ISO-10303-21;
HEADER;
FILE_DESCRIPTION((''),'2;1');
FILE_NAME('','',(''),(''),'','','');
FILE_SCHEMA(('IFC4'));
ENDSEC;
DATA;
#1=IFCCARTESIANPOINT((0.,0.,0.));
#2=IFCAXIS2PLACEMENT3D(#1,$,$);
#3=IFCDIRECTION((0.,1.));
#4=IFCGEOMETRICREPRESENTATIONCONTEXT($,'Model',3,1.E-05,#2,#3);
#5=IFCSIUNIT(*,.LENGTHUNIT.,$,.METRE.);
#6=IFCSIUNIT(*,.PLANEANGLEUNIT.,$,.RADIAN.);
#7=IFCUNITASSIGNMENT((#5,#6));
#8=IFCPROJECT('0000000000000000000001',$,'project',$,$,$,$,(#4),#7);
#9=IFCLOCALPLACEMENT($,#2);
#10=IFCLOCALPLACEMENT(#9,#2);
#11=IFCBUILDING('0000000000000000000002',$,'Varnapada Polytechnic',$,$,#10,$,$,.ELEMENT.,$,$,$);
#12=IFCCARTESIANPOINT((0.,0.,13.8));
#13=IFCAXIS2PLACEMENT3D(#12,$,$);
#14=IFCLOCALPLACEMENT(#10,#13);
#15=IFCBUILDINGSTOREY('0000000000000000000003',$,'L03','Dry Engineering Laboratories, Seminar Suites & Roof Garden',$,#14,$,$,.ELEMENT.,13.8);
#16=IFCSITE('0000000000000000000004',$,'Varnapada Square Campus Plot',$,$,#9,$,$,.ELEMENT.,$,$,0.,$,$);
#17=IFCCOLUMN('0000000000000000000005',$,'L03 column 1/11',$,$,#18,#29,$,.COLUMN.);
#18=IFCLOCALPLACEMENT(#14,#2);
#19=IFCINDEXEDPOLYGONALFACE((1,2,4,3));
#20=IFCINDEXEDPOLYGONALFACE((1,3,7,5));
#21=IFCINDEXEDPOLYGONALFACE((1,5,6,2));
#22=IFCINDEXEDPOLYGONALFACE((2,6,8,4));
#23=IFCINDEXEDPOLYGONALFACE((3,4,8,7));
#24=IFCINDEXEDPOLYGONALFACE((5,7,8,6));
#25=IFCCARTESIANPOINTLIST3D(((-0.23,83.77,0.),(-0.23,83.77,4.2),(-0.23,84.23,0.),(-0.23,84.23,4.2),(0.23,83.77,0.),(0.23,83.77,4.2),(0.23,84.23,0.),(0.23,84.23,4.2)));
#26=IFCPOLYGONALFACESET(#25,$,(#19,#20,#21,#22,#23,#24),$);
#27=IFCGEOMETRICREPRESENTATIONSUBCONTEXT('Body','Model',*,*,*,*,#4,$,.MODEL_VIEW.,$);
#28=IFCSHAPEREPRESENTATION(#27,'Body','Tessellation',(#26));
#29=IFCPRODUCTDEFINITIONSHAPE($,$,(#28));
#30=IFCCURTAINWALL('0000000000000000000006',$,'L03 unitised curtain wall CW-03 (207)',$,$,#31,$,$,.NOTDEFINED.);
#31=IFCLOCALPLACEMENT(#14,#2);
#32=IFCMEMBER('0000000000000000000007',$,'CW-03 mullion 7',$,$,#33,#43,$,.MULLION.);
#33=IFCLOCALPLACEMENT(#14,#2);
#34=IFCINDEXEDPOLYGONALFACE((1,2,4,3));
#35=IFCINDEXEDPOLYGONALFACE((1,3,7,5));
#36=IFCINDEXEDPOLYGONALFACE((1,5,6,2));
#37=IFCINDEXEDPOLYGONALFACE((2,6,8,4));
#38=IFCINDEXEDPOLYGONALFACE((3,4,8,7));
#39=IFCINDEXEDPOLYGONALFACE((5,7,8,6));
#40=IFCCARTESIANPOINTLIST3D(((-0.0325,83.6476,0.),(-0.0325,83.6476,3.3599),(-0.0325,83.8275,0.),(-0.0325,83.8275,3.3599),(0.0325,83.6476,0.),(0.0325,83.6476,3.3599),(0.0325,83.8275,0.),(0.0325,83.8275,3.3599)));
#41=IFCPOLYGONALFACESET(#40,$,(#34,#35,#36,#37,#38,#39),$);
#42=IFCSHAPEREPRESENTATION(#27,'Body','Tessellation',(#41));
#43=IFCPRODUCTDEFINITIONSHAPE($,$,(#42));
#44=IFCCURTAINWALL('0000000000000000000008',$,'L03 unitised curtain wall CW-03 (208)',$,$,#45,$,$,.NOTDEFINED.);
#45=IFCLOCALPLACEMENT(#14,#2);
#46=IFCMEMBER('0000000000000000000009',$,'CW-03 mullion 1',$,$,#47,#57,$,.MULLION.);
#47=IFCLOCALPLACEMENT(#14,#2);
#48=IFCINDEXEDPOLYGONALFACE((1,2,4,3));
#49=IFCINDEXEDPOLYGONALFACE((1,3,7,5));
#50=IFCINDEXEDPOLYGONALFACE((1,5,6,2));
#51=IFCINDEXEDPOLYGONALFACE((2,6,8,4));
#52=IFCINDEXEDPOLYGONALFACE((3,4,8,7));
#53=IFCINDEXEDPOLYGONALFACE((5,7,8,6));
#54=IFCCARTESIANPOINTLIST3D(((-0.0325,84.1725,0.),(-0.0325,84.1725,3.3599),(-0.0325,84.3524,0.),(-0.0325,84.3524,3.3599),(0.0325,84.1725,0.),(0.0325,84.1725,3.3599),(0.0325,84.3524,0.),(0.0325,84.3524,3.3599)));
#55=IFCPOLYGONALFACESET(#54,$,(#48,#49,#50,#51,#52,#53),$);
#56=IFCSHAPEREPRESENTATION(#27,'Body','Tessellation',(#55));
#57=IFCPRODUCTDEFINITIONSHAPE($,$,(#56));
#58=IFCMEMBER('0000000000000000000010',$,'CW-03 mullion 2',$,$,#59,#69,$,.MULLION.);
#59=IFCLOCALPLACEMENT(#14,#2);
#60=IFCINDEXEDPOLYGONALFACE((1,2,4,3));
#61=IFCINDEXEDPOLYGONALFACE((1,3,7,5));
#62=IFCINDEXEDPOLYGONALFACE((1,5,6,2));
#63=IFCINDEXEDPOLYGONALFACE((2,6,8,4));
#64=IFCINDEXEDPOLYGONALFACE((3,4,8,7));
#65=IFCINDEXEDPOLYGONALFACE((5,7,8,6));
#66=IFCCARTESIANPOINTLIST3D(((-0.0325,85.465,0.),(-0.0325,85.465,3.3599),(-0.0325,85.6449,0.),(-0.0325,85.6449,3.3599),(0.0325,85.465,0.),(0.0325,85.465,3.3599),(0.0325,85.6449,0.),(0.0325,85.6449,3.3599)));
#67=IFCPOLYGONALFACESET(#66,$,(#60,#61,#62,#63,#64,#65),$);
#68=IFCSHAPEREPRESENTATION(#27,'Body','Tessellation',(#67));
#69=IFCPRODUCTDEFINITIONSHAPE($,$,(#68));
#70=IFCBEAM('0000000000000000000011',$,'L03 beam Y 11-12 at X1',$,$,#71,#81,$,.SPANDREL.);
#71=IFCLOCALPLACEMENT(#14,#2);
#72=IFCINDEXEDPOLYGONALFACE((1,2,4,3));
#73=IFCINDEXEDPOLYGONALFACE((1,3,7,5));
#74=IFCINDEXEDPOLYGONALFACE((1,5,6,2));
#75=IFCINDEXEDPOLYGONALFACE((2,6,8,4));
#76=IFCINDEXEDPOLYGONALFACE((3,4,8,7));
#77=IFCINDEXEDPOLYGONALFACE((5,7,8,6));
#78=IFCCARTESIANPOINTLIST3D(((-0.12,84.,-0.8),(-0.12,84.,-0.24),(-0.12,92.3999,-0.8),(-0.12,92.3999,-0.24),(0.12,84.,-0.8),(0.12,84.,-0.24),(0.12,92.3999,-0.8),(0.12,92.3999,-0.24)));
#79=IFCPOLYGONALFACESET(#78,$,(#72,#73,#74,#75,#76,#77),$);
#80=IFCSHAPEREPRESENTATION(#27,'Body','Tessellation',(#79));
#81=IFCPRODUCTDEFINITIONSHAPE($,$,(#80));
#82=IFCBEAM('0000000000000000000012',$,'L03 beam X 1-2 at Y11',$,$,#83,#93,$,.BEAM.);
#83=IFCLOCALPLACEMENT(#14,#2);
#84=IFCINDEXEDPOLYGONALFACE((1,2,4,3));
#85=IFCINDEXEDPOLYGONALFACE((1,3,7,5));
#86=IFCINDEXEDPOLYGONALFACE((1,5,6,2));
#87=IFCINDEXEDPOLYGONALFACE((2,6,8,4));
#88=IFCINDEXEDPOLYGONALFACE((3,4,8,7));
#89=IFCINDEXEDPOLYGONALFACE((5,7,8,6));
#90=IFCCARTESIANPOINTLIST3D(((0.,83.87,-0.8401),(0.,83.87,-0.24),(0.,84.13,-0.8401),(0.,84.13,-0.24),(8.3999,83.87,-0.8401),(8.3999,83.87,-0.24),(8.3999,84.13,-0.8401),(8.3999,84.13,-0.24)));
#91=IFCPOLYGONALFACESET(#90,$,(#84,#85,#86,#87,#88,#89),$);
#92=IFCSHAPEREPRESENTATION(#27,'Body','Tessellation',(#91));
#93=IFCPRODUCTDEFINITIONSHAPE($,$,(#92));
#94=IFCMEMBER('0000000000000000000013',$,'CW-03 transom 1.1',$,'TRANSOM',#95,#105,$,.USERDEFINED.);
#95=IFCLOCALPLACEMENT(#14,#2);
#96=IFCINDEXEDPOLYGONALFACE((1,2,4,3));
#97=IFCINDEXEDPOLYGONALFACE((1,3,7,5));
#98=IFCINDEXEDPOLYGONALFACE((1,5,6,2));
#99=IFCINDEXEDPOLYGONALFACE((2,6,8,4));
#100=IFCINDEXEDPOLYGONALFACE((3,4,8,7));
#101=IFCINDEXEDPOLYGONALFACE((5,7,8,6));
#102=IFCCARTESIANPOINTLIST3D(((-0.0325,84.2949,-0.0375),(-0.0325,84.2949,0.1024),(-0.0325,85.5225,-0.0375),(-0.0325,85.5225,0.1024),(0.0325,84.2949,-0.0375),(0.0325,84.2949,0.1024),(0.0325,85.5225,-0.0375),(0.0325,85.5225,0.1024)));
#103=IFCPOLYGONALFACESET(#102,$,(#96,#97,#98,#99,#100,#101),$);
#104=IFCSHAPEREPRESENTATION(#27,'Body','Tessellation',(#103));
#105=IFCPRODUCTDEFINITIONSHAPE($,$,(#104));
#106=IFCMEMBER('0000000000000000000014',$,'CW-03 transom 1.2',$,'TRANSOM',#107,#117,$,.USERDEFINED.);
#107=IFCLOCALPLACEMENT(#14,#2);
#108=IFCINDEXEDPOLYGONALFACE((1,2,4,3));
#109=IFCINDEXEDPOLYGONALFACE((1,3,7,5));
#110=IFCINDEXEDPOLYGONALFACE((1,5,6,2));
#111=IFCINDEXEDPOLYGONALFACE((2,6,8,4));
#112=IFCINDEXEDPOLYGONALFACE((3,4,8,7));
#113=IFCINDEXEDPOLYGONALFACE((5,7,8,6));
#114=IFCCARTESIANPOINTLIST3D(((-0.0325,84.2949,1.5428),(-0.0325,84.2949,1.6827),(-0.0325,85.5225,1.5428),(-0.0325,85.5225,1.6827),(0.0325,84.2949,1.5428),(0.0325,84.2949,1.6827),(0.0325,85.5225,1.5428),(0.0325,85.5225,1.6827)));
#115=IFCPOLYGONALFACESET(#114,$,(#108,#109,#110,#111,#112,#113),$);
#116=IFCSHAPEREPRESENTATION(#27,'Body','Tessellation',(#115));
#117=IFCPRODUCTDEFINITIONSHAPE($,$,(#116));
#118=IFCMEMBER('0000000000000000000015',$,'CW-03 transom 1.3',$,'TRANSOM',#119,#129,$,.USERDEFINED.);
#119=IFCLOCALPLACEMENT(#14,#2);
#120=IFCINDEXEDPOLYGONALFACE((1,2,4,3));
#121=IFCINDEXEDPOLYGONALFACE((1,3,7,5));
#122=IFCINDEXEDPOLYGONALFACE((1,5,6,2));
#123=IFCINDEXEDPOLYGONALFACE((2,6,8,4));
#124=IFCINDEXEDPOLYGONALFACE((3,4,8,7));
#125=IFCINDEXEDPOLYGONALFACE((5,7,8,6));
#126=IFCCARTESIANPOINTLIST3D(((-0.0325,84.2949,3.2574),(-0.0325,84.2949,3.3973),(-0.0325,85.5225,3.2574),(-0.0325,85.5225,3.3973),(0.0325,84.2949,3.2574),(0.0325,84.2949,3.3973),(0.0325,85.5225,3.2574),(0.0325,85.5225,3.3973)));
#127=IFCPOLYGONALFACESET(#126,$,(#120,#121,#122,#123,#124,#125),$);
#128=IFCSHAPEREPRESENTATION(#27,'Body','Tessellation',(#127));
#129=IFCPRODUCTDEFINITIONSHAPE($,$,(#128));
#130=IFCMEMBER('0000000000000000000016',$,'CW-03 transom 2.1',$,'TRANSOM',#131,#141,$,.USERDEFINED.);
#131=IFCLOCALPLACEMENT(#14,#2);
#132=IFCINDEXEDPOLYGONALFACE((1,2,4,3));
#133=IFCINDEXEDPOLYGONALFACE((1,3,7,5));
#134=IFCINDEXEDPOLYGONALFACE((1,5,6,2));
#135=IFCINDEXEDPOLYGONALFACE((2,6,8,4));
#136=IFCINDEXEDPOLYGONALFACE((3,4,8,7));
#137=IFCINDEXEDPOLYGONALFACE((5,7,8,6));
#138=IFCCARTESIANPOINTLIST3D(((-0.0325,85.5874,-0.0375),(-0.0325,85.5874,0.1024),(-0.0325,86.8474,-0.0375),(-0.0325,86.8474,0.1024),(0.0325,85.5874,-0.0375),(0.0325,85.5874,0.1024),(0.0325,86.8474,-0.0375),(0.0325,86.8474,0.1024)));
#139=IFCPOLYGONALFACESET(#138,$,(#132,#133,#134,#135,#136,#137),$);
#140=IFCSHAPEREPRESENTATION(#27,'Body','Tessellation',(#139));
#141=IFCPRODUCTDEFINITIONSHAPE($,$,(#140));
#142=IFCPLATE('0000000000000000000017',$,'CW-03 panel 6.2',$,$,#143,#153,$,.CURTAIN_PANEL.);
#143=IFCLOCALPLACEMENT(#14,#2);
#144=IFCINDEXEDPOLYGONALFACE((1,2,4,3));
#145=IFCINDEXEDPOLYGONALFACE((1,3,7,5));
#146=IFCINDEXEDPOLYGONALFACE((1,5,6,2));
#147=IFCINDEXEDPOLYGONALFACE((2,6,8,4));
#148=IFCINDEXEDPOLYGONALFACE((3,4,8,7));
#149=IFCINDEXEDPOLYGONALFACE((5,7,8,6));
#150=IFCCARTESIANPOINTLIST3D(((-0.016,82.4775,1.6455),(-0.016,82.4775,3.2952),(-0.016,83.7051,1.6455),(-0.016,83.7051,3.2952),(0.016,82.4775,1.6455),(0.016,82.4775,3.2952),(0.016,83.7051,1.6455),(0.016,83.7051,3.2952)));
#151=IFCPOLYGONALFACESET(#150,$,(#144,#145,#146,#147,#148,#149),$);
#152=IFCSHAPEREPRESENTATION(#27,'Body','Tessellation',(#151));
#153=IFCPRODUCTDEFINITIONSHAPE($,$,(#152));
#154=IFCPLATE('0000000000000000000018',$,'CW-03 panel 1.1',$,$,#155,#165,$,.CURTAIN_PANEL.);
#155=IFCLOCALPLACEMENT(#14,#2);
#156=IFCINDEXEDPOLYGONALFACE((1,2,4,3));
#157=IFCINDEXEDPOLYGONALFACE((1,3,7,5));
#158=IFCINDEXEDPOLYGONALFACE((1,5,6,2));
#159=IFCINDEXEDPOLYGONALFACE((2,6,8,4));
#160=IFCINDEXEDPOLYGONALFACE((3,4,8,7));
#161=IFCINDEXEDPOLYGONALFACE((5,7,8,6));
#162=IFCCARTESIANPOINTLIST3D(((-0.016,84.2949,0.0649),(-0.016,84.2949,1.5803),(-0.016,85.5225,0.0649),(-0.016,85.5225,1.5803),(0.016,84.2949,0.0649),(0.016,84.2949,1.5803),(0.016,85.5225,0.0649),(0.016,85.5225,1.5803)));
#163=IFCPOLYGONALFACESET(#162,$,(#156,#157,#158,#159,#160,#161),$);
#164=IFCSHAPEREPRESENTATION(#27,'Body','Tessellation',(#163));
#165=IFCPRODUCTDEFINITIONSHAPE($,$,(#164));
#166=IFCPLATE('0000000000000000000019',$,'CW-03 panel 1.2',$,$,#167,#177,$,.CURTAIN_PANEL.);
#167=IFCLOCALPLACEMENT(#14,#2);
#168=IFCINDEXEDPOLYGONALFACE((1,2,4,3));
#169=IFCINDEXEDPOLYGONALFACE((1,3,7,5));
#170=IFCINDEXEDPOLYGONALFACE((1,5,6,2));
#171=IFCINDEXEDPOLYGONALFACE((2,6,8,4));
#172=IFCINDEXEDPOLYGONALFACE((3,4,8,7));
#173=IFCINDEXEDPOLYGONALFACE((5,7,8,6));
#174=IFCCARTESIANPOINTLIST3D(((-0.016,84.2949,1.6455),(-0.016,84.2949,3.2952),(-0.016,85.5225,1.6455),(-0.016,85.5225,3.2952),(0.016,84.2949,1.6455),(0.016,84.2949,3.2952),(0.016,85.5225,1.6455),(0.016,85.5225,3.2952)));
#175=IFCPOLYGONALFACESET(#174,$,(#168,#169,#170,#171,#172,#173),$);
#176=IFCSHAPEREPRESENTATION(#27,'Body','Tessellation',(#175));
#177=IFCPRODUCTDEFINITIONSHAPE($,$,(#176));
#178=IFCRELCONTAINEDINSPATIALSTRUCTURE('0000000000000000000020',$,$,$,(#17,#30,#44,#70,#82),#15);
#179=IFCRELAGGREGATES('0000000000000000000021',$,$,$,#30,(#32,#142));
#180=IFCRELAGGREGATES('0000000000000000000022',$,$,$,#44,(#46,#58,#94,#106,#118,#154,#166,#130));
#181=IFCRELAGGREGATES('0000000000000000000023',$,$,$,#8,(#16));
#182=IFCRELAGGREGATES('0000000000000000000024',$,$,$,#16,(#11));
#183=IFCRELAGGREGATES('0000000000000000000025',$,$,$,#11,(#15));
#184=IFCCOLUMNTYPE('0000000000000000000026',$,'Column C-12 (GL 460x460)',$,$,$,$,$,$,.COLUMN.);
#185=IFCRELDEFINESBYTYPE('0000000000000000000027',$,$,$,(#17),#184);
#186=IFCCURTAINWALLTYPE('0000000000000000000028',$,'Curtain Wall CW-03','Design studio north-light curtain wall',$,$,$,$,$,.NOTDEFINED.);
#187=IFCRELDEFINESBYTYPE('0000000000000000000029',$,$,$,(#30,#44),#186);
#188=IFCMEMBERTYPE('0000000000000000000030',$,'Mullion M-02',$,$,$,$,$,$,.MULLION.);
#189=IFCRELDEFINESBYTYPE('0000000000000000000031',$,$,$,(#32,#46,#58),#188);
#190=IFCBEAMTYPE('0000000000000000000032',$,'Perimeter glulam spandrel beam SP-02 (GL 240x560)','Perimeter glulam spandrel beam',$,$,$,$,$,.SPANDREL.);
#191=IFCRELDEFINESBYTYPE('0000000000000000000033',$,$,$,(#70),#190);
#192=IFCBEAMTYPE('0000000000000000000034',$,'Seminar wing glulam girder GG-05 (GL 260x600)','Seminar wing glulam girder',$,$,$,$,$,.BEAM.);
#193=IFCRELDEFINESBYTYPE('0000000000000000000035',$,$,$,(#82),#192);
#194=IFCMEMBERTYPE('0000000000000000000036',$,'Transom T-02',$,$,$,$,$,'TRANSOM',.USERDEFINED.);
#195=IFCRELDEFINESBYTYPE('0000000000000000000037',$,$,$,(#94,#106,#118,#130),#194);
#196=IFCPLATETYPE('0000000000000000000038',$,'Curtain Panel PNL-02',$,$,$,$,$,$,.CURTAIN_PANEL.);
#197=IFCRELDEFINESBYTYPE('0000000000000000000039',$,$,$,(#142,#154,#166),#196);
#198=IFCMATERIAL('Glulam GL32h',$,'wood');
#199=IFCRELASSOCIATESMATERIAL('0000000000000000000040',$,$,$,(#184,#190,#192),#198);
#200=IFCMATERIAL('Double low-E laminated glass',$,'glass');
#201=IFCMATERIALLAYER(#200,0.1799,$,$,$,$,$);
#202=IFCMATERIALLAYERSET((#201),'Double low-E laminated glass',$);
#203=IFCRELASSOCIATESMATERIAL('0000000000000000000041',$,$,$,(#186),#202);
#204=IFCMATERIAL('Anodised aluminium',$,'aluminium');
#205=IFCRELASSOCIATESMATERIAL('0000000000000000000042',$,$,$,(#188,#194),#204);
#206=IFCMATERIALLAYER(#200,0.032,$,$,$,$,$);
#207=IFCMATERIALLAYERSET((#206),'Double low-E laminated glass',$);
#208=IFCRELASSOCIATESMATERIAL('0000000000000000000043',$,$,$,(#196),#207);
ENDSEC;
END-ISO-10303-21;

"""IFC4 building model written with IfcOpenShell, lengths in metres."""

from ifc_helpers import new_model, si_unit, direction, frame, origin, origin_2d, place, context, subcontext, project, spatial, rectangle, extrude, material, layer, layer_set, material_profile, profile_set, type_object, element, aggregate, save


model = new_model("IFC4")

# Units and contexts
model_context = context("Model", 3, precision=1e-05, world=origin(), true_north=direction((0.0, 1.0)))
body_context = subcontext(model_context, "Body", "Model", "MODEL_VIEW")
ifc_project = project(units=[si_unit("LENGTHUNIT", "METRE"), si_unit("PLANEANGLEUNIT", "RADIAN")], contexts=[model_context])

# Site, building, storey
site_placement = place(None, origin())
site = spatial("IfcSite", under=ifc_project, at=site_placement, Name="Varnapada Square Campus Plot", CompositionType="ELEMENT", RefElevation=0.0)
building_placement = place(site_placement, origin())
building = spatial("IfcBuilding", under=site, at=building_placement, Name="Varnapada Polytechnic", CompositionType="ELEMENT")
storey_placement = place(building_placement, frame((0.0, 0.0, 13.8)))
storey = spatial("IfcBuildingStorey", under=building, at=storey_placement, Name="L03", Description="Dry Engineering Laboratories, Seminar Suites & Roof Garden", CompositionType="ELEMENT", Elevation=13.8)

# Column
ifc_material_1 = material(Name="Glulam GL32h", Category="wood")
ifc_material_profile_1 = material_profile(ifc_material_1, rectangle(XDim=0.46, YDim=0.46, at=origin_2d()), Name="GL 460x460")
ifc_profile_set_1 = profile_set([ifc_material_profile_1], Name="Glulam GL32h")
column_type = type_object("IfcColumnType", Name="Column C-12 (GL 460x460)", PredefinedType="COLUMN", material=ifc_profile_set_1)
column_placement = place(storey_placement, frame((0.0, 84.0, 0.0), z_axis=(0.0, 0.0, 1.0), x_axis=(1.0, 0.0, 0.0)))
element("IfcColumn", 1, at=column_placement, inside=storey, type_object=column_type, Name="L03 column 1/11", PredefinedType="COLUMN", context=body_context, shape_type="SweptSolid", body=[
    extrude(rectangle(XDim=0.46, YDim=0.46, at=origin_2d()), origin(), (0.0, 0.0, 1.0), 4.2),
])

# Curtain wall, member
ifc_material_2 = material(Name="Double low-E laminated glass", Category="glass")
ifc_layer_1 = layer(ifc_material_2, 0.1799)
ifc_layer_set_1 = layer_set([ifc_layer_1], Name="Double low-E laminated glass")
curtain_wall_type = type_object("IfcCurtainWallType", Name="Curtain Wall CW-03", Description="Design studio north-light curtain wall", PredefinedType="NOTDEFINED", material=ifc_layer_set_1)
curtain_wall_1_placement = place(storey_placement, origin())
curtain_wall_1 = element("IfcCurtainWall", 2, at=curtain_wall_1_placement, inside=storey, type_object=curtain_wall_type, Name="L03 unitised curtain wall CW-03 (207)", PredefinedType="NOTDEFINED")
ifc_material_3 = material(Name="Anodised aluminium", Category="aluminium")
ifc_material_profile_2 = material_profile(ifc_material_3, rectangle(XDim=0.0649, YDim=0.1799, at=origin_2d()), Name="ALU M65x180")
ifc_profile_set_2 = profile_set([ifc_material_profile_2], Name="Anodised aluminium")
member_type_1 = type_object("IfcMemberType", Name="Mullion M-02", PredefinedType="MULLION", material=ifc_profile_set_2)
member_1_placement = place(storey_placement, frame((0.0, 83.7375, 0.0), z_axis=(0.0, 0.0, 1.0), x_axis=(-1.0, 0.0, 0.0)))
member_1 = element("IfcMember", 3, at=member_1_placement, type_object=member_type_1, Name="CW-03 mullion 7", PredefinedType="MULLION", context=body_context, shape_type="SweptSolid", body=[
    extrude(rectangle(XDim=0.0649, YDim=0.1799, at=origin_2d()), origin(), (0.0, 0.0, 1.0), 3.3599),
])

# Curtain wall, members
curtain_wall_2_placement = place(storey_placement, origin())
curtain_wall_2 = element("IfcCurtainWall", 4, at=curtain_wall_2_placement, inside=storey, type_object=curtain_wall_type, Name="L03 unitised curtain wall CW-03 (208)", PredefinedType="NOTDEFINED")
member_2_placement = place(storey_placement, frame((0.0, 84.2625, 0.0), z_axis=(0.0, 0.0, 1.0), x_axis=(-1.0, 0.0, 0.0)))
member_2 = element("IfcMember", 5, at=member_2_placement, type_object=member_type_1, Name="CW-03 mullion 1", PredefinedType="MULLION", context=body_context, shape_type="SweptSolid", body=[
    extrude(rectangle(XDim=0.0649, YDim=0.1799, at=origin_2d()), origin(), (0.0, 0.0, 1.0), 3.3599),
])
member_3_placement = place(storey_placement, frame((0.0, 85.5549, 0.0), z_axis=(0.0, 0.0, 1.0), x_axis=(-1.0, 0.0, 0.0)))
member_3 = element("IfcMember", 6, at=member_3_placement, type_object=member_type_1, Name="CW-03 mullion 2", PredefinedType="MULLION", context=body_context, shape_type="SweptSolid", body=[
    extrude(rectangle(XDim=0.0649, YDim=0.1799, at=origin_2d()), origin(), (0.0, 0.0, 1.0), 3.3599),
])

# Beams
ifc_material_profile_3 = material_profile(ifc_material_1, rectangle(XDim=0.24, YDim=0.5601, at=origin_2d()), Name="GL 240x560")
ifc_profile_set_3 = profile_set([ifc_material_profile_3], Name="Glulam GL32h")
beam_type_1 = type_object("IfcBeamType", Name="Perimeter glulam spandrel beam SP-02 (GL 240x560)", Description="Perimeter glulam spandrel beam", PredefinedType="SPANDREL", material=ifc_profile_set_3)
beam_1_placement = place(storey_placement, frame((0.0, 84.0, -0.52), z_axis=(0.0, 1.0, 0.0), x_axis=(-1.0, 0.0, 0.0)))
element("IfcBeam", 7, at=beam_1_placement, inside=storey, type_object=beam_type_1, Name="L03 beam Y 11-12 at X1", PredefinedType="SPANDREL", context=body_context, shape_type="SweptSolid", body=[
    extrude(rectangle(XDim=0.24, YDim=0.5601, at=origin_2d()), origin(), (0.0, 0.0, 1.0), 8.3999),
])
ifc_material_profile_4 = material_profile(ifc_material_1, rectangle(XDim=0.26, YDim=0.6001, at=origin_2d()), Name="GL 260x600")
ifc_profile_set_4 = profile_set([ifc_material_profile_4], Name="Glulam GL32h")
beam_type_2 = type_object("IfcBeamType", Name="Seminar wing glulam girder GG-05 (GL 260x600)", Description="Seminar wing glulam girder", PredefinedType="BEAM", material=ifc_profile_set_4)
beam_2_placement = place(storey_placement, frame((0.0, 84.0, -0.54), z_axis=(1.0, 0.0, 0.0), x_axis=(0.0, 1.0, 0.0)))
element("IfcBeam", 8, at=beam_2_placement, inside=storey, type_object=beam_type_2, Name="L03 beam X 1-2 at Y11", PredefinedType="BEAM", context=body_context, shape_type="SweptSolid", body=[
    extrude(rectangle(XDim=0.26, YDim=0.6001, at=origin_2d()), origin(), (0.0, 0.0, 1.0), 8.3999),
])

# Members
ifc_material_profile_5 = material_profile(ifc_material_3, rectangle(XDim=0.0649, YDim=0.1399, at=origin_2d()), Name="ALU T65x140")
ifc_profile_set_5 = profile_set([ifc_material_profile_5], Name="Anodised aluminium")
member_type_2 = type_object("IfcMemberType", Name="Transom T-02", ElementType="TRANSOM", PredefinedType="USERDEFINED", material=ifc_profile_set_5)
member_4_placement = place(storey_placement, frame((0.0, 84.2949, 0.0325), z_axis=(0.0, 1.0, 0.0), x_axis=(-1.0, 0.0, 0.0)))
member_4 = element("IfcMember", 9, at=member_4_placement, type_object=member_type_2, Name="CW-03 transom 1.1", ObjectType="TRANSOM", PredefinedType="USERDEFINED", context=body_context, shape_type="SweptSolid", body=[
    extrude(rectangle(XDim=0.0649, YDim=0.1399, at=origin_2d()), origin(), (0.0, 0.0, 1.0), 1.2275),
])
member_5_placement = place(storey_placement, frame((0.0, 84.2949, 1.6128), z_axis=(0.0, 1.0, 0.0), x_axis=(-1.0, 0.0, 0.0)))
member_5 = element("IfcMember", 10, at=member_5_placement, type_object=member_type_2, Name="CW-03 transom 1.2", ObjectType="TRANSOM", PredefinedType="USERDEFINED", context=body_context, shape_type="SweptSolid", body=[
    extrude(rectangle(XDim=0.0649, YDim=0.1399, at=origin_2d()), origin(), (0.0, 0.0, 1.0), 1.2275),
])
member_6_placement = place(storey_placement, frame((0.0, 84.2949, 3.3274), z_axis=(0.0, 1.0, 0.0), x_axis=(-1.0, 0.0, 0.0)))
member_6 = element("IfcMember", 11, at=member_6_placement, type_object=member_type_2, Name="CW-03 transom 1.3", ObjectType="TRANSOM", PredefinedType="USERDEFINED", context=body_context, shape_type="SweptSolid", body=[
    extrude(rectangle(XDim=0.0649, YDim=0.1399, at=origin_2d()), origin(), (0.0, 0.0, 1.0), 1.2275),
])
member_7_placement = place(storey_placement, frame((0.0, 85.5874, 0.0325), z_axis=(0.0, 1.0, 0.0), x_axis=(-1.0, 0.0, 0.0)))
member_7 = element("IfcMember", 12, at=member_7_placement, type_object=member_type_2, Name="CW-03 transom 2.1", ObjectType="TRANSOM", PredefinedType="USERDEFINED", context=body_context, shape_type="SweptSolid", body=[
    extrude(rectangle(XDim=0.0649, YDim=0.1399, at=origin_2d()), origin(), (0.0, 0.0, 1.0), 1.26),
])

# Plates
ifc_layer_2 = layer(ifc_material_2, 0.032)
ifc_layer_set_2 = layer_set([ifc_layer_2], Name="Double low-E laminated glass")
plate_type = type_object("IfcPlateType", Name="Curtain Panel PNL-02", PredefinedType="CURTAIN_PANEL", material=ifc_layer_set_2)
plate_1_placement = place(storey_placement, frame((0.0, 83.0913, 1.6455), z_axis=(0.0, 0.0, 1.0), x_axis=(0.0, 1.0, 0.0)))
plate_1 = element("IfcPlate", 13, at=plate_1_placement, type_object=plate_type, Name="CW-03 panel 6.2", PredefinedType="CURTAIN_PANEL", context=body_context, shape_type="SweptSolid", body=[
    extrude(rectangle(XDim=1.2275, YDim=0.032, at=origin_2d()), origin(), (0.0, 0.0, 1.0), 1.6497),
])
aggregate(curtain_wall_1, [member_1, plate_1])
plate_2_placement = place(storey_placement, frame((0.0, 84.9087, 0.0649), z_axis=(0.0, 0.0, 1.0), x_axis=(0.0, 1.0, 0.0)))
plate_2 = element("IfcPlate", 14, at=plate_2_placement, type_object=plate_type, Name="CW-03 panel 1.1", PredefinedType="CURTAIN_PANEL", context=body_context, shape_type="SweptSolid", body=[
    extrude(rectangle(XDim=1.2275, YDim=0.032, at=origin_2d()), origin(), (0.0, 0.0, 1.0), 1.5154),
])
plate_3_placement = place(storey_placement, frame((0.0, 84.9087, 1.6455), z_axis=(0.0, 0.0, 1.0), x_axis=(0.0, 1.0, 0.0)))
plate_3 = element("IfcPlate", 15, at=plate_3_placement, type_object=plate_type, Name="CW-03 panel 1.2", PredefinedType="CURTAIN_PANEL", context=body_context, shape_type="SweptSolid", body=[
    extrude(rectangle(XDim=1.2275, YDim=0.032, at=origin_2d()), origin(), (0.0, 0.0, 1.0), 1.6497),
])
aggregate(curtain_wall_2, [member_2, member_3, member_4, member_5, member_6, plate_2, plate_3, member_7])

save(model, "model.ifc")
